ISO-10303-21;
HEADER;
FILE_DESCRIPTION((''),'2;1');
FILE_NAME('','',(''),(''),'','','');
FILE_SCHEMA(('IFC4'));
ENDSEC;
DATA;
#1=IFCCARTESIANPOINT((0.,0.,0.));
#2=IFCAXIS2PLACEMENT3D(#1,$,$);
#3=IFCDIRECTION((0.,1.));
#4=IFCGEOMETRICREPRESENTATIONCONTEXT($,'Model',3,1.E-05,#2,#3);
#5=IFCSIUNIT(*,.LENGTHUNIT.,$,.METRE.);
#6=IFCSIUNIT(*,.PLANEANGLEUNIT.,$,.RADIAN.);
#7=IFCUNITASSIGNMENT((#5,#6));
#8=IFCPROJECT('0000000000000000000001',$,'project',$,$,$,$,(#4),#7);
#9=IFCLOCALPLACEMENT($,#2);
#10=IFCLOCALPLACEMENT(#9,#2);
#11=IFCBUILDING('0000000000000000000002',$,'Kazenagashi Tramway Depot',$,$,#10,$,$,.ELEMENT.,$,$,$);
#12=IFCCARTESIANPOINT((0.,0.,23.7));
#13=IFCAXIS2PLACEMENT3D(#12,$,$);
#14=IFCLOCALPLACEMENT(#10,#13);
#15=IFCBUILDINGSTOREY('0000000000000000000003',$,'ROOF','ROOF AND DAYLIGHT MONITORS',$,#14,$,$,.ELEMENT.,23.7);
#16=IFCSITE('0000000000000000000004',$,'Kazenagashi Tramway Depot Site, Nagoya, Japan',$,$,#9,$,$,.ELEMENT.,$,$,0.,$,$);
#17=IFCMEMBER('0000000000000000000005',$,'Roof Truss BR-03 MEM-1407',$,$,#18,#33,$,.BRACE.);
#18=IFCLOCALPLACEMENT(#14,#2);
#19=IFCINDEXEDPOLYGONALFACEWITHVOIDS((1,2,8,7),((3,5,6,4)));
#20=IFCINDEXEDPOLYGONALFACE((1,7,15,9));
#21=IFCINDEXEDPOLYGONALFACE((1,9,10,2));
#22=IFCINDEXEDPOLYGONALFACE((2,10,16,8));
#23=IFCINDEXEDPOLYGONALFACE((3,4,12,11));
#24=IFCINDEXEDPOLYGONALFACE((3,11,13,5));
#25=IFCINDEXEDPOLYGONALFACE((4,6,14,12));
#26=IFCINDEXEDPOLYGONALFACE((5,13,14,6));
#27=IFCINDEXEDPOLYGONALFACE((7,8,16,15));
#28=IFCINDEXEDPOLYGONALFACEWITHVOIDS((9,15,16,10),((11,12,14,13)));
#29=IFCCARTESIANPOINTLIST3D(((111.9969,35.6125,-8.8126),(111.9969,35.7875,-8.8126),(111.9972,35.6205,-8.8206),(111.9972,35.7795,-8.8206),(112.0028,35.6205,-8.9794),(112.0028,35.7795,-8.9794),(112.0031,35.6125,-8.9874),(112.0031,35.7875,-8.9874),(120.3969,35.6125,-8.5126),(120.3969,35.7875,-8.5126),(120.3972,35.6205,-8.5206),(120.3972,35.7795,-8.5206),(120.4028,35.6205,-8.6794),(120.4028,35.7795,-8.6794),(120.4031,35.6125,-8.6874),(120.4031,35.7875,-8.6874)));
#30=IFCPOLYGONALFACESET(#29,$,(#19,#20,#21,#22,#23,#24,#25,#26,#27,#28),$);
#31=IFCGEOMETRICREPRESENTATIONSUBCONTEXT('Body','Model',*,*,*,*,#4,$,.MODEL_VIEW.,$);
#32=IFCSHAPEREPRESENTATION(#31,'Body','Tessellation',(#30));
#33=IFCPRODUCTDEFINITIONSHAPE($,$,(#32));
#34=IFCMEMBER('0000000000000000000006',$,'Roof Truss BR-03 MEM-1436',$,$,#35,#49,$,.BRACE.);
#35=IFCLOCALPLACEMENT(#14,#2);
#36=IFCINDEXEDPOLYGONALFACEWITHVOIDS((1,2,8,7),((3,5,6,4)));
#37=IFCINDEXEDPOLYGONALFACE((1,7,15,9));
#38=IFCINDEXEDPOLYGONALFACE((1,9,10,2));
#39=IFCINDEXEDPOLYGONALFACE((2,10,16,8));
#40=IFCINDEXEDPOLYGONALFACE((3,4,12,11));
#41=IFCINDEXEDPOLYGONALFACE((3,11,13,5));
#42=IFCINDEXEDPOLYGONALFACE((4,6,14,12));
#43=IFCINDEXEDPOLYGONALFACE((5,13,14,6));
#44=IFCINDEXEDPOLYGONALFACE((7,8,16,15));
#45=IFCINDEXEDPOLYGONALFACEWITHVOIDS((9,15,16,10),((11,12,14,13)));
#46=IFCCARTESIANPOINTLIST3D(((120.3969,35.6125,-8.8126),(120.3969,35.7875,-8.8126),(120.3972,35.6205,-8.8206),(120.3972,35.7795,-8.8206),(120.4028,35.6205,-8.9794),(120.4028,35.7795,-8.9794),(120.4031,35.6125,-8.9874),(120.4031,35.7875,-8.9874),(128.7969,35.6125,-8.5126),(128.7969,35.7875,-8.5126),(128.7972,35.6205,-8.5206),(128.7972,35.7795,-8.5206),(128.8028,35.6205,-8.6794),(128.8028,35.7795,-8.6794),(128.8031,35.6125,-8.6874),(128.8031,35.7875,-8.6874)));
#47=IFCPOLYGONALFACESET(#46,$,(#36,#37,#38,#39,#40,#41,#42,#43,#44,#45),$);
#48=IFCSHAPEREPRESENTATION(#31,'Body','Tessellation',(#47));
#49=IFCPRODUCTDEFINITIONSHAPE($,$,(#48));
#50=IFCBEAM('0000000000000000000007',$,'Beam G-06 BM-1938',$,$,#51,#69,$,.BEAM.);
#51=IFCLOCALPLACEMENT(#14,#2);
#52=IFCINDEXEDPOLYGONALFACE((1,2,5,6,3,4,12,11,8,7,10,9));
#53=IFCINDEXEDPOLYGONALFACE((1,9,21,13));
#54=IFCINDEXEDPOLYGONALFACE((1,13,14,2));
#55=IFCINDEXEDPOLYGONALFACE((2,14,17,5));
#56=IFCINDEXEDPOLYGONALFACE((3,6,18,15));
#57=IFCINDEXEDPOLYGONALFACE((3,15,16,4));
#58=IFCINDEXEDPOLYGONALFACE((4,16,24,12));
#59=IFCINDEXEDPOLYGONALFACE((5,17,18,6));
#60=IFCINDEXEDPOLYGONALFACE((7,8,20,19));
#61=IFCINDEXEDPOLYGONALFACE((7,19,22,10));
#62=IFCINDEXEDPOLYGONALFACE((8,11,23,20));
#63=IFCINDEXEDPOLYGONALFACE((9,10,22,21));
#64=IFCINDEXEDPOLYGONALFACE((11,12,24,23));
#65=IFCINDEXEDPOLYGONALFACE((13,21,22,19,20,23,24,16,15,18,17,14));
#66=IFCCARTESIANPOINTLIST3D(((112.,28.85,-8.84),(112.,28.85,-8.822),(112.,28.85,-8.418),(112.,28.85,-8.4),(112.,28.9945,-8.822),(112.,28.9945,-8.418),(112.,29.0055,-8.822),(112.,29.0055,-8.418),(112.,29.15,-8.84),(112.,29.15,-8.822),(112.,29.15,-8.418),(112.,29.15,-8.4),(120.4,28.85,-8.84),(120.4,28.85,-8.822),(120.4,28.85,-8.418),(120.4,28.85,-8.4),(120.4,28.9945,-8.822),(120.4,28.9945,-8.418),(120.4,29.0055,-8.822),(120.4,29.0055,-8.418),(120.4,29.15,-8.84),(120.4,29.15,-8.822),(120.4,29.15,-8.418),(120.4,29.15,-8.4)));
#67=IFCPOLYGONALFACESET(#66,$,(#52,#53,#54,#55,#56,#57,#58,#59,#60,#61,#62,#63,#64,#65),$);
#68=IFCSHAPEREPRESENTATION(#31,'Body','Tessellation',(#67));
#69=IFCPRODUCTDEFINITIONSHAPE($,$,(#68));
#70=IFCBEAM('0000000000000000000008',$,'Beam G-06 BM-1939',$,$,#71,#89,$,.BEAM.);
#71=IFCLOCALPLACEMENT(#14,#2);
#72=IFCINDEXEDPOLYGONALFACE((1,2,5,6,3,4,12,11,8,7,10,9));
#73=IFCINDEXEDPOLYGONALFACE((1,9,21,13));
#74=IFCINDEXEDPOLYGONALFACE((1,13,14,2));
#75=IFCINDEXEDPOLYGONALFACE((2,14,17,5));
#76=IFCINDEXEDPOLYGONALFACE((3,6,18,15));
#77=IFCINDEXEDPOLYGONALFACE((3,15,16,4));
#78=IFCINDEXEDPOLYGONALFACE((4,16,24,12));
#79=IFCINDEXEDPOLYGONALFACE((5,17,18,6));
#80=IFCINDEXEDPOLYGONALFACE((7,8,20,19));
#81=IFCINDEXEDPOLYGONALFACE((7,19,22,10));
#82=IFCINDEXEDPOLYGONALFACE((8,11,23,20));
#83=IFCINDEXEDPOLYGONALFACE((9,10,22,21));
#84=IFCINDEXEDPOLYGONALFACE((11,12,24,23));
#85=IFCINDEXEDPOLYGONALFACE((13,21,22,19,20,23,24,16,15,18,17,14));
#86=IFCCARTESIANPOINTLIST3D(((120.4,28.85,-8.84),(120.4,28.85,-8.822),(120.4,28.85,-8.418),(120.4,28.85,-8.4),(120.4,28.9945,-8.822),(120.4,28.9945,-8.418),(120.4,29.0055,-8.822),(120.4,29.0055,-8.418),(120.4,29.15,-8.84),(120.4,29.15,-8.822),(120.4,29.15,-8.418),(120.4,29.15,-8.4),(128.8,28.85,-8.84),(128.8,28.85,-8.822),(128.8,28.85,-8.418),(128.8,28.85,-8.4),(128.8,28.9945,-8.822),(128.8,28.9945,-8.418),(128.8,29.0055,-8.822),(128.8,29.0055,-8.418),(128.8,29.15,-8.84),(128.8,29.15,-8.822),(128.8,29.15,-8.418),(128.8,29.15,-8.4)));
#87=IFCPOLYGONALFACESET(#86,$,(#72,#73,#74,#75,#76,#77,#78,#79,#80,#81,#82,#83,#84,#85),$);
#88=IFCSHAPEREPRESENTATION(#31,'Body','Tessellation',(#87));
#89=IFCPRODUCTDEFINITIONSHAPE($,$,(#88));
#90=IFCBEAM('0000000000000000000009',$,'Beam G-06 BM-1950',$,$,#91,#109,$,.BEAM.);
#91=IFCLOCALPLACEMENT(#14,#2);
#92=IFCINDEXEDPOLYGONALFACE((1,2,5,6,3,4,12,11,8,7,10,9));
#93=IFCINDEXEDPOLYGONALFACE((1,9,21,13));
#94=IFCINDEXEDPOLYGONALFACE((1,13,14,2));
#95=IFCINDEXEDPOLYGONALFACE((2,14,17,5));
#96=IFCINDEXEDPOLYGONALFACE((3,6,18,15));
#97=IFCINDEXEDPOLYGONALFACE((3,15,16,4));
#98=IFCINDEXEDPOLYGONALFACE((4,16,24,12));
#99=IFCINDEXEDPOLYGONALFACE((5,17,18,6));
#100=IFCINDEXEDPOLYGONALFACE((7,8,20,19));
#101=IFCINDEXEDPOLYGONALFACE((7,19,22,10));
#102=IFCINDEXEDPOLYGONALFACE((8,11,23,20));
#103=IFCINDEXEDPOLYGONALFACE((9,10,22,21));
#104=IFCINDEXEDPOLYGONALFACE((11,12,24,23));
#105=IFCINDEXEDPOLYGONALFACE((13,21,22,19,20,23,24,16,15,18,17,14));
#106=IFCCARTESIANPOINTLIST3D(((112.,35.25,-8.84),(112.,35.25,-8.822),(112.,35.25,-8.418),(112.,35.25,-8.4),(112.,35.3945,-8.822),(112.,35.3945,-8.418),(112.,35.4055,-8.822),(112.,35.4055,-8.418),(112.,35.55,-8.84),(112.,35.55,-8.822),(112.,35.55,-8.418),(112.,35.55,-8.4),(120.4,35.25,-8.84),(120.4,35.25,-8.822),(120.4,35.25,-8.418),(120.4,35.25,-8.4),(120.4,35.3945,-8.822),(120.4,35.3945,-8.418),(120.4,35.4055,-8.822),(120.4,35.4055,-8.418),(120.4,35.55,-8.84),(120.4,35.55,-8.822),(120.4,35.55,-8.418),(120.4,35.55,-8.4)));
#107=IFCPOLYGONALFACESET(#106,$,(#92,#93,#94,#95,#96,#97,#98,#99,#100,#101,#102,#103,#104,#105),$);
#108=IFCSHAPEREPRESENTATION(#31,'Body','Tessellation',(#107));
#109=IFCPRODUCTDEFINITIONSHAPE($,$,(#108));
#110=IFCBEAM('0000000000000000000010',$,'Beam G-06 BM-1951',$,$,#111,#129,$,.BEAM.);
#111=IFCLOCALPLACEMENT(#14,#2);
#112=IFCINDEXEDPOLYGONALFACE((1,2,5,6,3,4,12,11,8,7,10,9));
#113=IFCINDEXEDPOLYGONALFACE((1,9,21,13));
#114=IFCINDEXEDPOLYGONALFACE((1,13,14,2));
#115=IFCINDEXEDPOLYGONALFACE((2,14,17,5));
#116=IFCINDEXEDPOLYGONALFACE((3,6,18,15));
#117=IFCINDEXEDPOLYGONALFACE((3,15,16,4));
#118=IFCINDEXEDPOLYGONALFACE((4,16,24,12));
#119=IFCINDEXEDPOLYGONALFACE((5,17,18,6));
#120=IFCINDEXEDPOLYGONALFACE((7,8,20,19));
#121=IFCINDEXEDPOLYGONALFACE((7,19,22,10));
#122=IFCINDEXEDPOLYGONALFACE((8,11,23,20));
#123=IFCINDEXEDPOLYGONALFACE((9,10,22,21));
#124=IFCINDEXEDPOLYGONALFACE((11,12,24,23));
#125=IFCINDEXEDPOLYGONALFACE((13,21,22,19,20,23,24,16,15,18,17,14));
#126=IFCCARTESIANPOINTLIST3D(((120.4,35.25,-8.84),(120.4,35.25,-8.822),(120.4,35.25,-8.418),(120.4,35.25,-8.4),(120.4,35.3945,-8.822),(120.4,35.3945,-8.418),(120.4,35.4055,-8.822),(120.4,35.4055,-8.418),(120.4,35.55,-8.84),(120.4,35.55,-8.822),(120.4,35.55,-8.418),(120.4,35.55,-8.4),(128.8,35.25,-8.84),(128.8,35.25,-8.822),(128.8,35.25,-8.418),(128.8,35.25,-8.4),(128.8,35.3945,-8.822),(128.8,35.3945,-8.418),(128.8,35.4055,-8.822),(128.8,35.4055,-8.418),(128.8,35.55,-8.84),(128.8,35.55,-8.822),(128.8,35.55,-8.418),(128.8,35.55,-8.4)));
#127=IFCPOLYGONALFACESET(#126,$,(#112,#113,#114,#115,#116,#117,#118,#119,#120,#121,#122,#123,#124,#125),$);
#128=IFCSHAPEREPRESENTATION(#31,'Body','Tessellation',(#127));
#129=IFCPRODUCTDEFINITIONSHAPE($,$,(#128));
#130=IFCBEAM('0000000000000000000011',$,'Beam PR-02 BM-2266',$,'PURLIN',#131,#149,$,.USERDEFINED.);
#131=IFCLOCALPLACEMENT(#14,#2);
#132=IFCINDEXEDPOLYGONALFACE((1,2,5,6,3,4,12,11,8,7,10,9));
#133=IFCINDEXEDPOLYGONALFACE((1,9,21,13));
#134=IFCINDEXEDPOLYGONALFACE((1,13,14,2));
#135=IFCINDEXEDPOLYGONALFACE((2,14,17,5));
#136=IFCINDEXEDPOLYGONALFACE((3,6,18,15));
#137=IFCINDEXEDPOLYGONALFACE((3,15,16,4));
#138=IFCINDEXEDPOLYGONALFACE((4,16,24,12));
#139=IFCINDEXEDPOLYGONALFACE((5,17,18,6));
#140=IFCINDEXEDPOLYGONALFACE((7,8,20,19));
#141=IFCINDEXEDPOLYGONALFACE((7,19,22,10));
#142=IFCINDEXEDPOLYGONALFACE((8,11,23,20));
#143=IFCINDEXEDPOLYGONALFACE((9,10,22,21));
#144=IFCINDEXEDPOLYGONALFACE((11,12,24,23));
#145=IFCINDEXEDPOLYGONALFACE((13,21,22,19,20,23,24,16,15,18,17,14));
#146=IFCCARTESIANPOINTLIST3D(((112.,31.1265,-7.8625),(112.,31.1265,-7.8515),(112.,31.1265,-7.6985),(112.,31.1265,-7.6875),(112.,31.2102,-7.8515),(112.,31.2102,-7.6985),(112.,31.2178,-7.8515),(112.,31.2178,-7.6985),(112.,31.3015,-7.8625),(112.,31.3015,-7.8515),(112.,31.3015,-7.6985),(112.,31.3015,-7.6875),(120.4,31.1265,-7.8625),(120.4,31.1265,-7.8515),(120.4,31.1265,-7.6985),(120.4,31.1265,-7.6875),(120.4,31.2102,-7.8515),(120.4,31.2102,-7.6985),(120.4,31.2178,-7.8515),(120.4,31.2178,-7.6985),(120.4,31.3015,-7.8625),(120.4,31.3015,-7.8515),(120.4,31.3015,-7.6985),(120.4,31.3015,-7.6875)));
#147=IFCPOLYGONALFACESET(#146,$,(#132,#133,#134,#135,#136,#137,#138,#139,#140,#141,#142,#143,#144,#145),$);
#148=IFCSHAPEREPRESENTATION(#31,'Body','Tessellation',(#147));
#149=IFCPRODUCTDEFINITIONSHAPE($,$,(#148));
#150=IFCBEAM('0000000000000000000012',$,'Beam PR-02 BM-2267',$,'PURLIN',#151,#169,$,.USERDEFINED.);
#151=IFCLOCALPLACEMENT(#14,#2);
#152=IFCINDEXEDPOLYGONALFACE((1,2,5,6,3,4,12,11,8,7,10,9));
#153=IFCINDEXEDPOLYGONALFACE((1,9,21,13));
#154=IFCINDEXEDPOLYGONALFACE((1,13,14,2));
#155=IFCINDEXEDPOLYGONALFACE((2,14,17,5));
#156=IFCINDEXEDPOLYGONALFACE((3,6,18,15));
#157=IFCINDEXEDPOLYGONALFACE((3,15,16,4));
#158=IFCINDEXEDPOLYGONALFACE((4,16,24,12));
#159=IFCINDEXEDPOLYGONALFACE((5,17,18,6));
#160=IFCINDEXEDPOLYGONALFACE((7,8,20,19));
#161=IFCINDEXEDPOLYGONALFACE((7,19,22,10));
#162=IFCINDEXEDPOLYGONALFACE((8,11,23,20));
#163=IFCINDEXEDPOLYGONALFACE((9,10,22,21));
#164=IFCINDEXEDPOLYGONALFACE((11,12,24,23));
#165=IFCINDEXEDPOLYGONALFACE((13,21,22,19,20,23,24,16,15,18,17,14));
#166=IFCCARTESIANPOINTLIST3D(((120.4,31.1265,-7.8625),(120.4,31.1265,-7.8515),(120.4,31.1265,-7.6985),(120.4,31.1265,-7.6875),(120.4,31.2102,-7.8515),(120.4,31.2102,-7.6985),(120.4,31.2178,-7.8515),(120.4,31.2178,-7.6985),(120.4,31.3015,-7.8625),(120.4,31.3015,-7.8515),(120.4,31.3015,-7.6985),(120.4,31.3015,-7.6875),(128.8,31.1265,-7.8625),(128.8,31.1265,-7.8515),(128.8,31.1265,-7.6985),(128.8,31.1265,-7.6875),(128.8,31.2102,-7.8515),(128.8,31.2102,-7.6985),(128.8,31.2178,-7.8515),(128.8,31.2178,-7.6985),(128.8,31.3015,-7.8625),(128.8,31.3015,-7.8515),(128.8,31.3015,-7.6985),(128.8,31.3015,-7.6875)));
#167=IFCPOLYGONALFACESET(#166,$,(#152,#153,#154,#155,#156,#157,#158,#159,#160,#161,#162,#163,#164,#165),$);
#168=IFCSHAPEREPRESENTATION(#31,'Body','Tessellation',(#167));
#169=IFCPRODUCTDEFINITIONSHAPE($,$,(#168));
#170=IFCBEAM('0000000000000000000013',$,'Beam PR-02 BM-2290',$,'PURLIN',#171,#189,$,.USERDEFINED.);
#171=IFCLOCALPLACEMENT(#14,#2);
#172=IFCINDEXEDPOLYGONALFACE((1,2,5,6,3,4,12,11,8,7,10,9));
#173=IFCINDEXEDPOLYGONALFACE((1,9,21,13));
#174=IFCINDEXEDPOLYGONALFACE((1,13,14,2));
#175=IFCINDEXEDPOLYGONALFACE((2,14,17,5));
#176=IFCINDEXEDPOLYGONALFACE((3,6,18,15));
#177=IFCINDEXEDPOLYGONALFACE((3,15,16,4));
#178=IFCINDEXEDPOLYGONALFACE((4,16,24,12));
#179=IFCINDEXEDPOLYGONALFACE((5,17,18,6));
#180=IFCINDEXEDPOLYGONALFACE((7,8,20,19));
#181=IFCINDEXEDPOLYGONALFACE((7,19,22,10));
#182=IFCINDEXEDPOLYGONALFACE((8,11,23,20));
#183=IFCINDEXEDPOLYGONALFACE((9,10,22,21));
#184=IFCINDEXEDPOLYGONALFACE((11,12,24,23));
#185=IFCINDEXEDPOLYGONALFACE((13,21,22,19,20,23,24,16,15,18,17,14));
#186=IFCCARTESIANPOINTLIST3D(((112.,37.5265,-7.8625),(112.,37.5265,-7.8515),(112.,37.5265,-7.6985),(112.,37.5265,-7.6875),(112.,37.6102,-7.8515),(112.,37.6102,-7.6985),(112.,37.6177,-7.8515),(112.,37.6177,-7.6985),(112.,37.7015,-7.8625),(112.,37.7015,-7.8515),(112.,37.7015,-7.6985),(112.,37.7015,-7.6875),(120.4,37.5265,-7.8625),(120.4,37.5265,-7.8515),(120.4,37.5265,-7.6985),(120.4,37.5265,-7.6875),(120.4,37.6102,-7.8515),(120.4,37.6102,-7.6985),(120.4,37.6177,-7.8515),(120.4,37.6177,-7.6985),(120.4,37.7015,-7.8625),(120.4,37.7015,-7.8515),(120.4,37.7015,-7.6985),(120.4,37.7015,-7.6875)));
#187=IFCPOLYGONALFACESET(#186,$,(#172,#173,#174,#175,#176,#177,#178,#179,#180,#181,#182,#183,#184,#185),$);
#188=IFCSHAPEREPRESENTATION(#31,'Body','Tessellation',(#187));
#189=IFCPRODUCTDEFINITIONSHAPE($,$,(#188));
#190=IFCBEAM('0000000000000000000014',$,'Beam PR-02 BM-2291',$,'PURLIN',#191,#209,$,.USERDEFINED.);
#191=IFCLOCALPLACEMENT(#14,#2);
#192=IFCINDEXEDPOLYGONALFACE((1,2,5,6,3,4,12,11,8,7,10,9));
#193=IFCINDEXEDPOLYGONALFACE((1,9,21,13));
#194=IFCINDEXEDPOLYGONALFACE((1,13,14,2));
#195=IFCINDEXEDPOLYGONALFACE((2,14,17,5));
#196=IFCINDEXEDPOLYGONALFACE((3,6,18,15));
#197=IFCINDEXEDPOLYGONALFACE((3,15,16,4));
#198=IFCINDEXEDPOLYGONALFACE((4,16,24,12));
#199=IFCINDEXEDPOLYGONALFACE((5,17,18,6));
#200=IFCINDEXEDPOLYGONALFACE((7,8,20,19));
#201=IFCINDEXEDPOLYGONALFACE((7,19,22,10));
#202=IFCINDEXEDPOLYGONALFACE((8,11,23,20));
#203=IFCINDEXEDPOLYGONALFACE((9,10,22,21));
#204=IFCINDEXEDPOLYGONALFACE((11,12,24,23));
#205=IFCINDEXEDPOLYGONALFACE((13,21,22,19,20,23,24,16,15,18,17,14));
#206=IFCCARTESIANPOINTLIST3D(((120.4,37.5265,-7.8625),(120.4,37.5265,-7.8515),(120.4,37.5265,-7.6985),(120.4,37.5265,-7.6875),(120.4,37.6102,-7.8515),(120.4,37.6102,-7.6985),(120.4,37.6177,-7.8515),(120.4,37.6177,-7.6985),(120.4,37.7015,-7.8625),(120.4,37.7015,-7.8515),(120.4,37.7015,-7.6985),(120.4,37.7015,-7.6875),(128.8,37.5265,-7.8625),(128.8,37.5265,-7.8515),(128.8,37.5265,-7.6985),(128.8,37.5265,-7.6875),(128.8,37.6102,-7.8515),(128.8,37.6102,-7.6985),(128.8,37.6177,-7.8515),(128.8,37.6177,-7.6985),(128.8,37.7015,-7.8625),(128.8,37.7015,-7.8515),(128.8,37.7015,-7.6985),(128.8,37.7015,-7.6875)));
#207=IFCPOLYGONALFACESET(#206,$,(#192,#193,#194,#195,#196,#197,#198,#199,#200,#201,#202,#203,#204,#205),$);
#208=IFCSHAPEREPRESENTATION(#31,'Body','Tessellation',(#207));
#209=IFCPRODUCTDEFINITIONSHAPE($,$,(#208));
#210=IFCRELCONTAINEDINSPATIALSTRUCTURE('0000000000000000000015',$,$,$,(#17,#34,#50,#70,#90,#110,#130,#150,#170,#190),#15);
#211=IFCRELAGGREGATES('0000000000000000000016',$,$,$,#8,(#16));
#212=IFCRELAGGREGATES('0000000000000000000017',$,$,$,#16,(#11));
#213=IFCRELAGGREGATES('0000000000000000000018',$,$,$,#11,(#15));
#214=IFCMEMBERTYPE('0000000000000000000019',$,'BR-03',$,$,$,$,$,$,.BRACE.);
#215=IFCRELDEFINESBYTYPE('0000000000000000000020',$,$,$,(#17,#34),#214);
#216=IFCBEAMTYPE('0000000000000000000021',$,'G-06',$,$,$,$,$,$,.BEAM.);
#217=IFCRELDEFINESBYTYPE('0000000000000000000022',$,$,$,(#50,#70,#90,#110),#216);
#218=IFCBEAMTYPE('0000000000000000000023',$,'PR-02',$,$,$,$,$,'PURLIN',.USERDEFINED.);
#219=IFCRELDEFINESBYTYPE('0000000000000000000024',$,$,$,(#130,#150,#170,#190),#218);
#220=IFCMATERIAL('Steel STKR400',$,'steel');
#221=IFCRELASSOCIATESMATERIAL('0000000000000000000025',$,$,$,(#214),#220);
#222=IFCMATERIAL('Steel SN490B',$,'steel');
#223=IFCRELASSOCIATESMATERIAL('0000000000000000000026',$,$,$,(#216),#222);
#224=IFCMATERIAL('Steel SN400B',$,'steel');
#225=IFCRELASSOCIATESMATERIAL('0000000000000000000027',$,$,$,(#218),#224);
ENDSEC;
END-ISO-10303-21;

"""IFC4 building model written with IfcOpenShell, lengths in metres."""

from ifc_helpers import new_model, si_unit, direction, frame, origin, origin_2d, place, context, subcontext, project, spatial, hollow_rectangle, i_section, extrude, material, material_profile, profile_set, type_object, element, save


model = new_model("IFC4")

# Units and contexts
model_context = context("Model", 3, precision=1e-05, world=origin(), true_north=direction((0.0, 1.0)))
body_context = subcontext(model_context, "Body", "Model", "MODEL_VIEW")
ifc_project = project(units=[si_unit("LENGTHUNIT", "METRE"), si_unit("PLANEANGLEUNIT", "RADIAN")], contexts=[model_context])

# Site, building, storey
site_placement = place(None, origin())
site = spatial("IfcSite", under=ifc_project, at=site_placement, Name="Kazenagashi Tramway Depot Site, Nagoya, Japan", CompositionType="ELEMENT", RefElevation=0.0)
building_placement = place(site_placement, origin())
building = spatial("IfcBuilding", under=site, at=building_placement, Name="Kazenagashi Tramway Depot", CompositionType="ELEMENT")
storey_placement = place(building_placement, frame((0.0, 0.0, 23.7)))
storey = spatial("IfcBuildingStorey", under=building, at=storey_placement, Name="ROOF", Description="ROOF AND DAYLIGHT MONITORS", CompositionType="ELEMENT", Elevation=23.7)

# Members
ifc_material_1 = material(Name="Steel STKR400", Category="steel")
ifc_material_profile_1 = material_profile(ifc_material_1, hollow_rectangle(XDim=0.175, YDim=0.175, WallThickness=0.008, at=origin_2d()), Name="SHS-175x175x8")
ifc_profile_set_1 = profile_set([ifc_material_profile_1], Name="Steel STKR400")
member_type_1 = type_object("IfcMemberType", Name="BR-03", PredefinedType="BRACE", material=ifc_profile_set_1)
for number, where, z_axis, x_axis, name in (
    (1, (112.0, 35.7, -8.9), (0.999363, 0.0, 0.035692), (0.0, 1.0, 0.0), "Roof Truss BR-03 MEM-1407"),
    (2, (120.4, 35.7, -8.9), (0.999363, 0.0, 0.035692), (0.0, 1.0, 0.0), "Roof Truss BR-03 MEM-1436"),
):
    element("IfcMember", number, at=place(storey_placement, frame(where, z_axis=z_axis, x_axis=x_axis)), inside=storey, type_object=member_type_1, Name=name, PredefinedType="BRACE", context=body_context, shape_type="SweptSolid", body=[
        extrude(hollow_rectangle(XDim=0.175, YDim=0.175, WallThickness=0.008, at=origin_2d()), origin(), (0.0, 0.0, 1.0), 8.4054),
    ])

# Beams
ifc_material_2 = material(Name="Steel SN490B", Category="steel")
ifc_material_profile_2 = material_profile(ifc_material_2, i_section(OverallWidth=0.3, OverallDepth=0.44, WebThickness=0.011, FlangeThickness=0.018, at=origin_2d()), Name="H-440x300x11x18")
ifc_profile_set_2 = profile_set([ifc_material_profile_2], Name="Steel SN490B")
beam_type_1 = type_object("IfcBeamType", Name="G-06", PredefinedType="BEAM", material=ifc_profile_set_2)
for number, where, z_axis, x_axis, name in (
    (3, (112.0, 29.0, -8.62), (1.0, 0.0, 0.0), (0.0, 1.0, 0.0), "Beam G-06 BM-1938"),
    (4, (120.4, 29.0, -8.62), (1.0, 0.0, 0.0), (0.0, 1.0, 0.0), "Beam G-06 BM-1939"),
    (5, (112.0, 35.4, -8.62), (1.0, 0.0, 0.0), (0.0, 1.0, 0.0), "Beam G-06 BM-1950"),
    (6, (120.4, 35.4, -8.62), (1.0, 0.0, 0.0), (0.0, 1.0, 0.0), "Beam G-06 BM-1951"),
):
    element("IfcBeam", number, at=place(storey_placement, frame(where, z_axis=z_axis, x_axis=x_axis)), inside=storey, type_object=beam_type_1, Name=name, PredefinedType="BEAM", context=body_context, shape_type="SweptSolid", body=[
        extrude(i_section(OverallWidth=0.3, OverallDepth=0.44, WebThickness=0.011, FlangeThickness=0.018, at=origin_2d()), origin(), (0.0, 0.0, 1.0), 8.4),
    ])
ifc_material_3 = material(Name="Steel SN400B", Category="steel")
ifc_material_profile_3 = material_profile(ifc_material_3, i_section(OverallWidth=0.175, OverallDepth=0.175, WebThickness=0.0075, FlangeThickness=0.011, at=origin_2d()), Name="H-175x175x7.5x11")
ifc_profile_set_3 = profile_set([ifc_material_profile_3], Name="Steel SN400B")
beam_type_2 = type_object("IfcBeamType", Name="PR-02", ElementType="PURLIN", PredefinedType="USERDEFINED", material=ifc_profile_set_3)
for number, where, z_axis, x_axis, name in (
    (7, (112.0, 31.214, -7.775), (1.0, 0.0, 0.0), (0.0, 1.0, 0.0), "Beam PR-02 BM-2266"),
    (8, (120.4, 31.214, -7.775), (1.0, 0.0, 0.0), (0.0, 1.0, 0.0), "Beam PR-02 BM-2267"),
    (9, (112.0, 37.614, -7.775), (1.0, 0.0, 0.0), (0.0, 1.0, 0.0), "Beam PR-02 BM-2290"),
    (10, (120.4, 37.614, -7.775), (1.0, 0.0, 0.0), (0.0, 1.0, 0.0), "Beam PR-02 BM-2291"),
):
    element("IfcBeam", number, at=place(storey_placement, frame(where, z_axis=z_axis, x_axis=x_axis)), inside=storey, type_object=beam_type_2, Name=name, ObjectType="PURLIN", PredefinedType="USERDEFINED", context=body_context, shape_type="SweptSolid", body=[
        extrude(i_section(OverallWidth=0.175, OverallDepth=0.175, WebThickness=0.0075, FlangeThickness=0.011, at=origin_2d()), origin(), (0.0, 0.0, 1.0), 8.4),
    ])

save(model, "model.ifc")
